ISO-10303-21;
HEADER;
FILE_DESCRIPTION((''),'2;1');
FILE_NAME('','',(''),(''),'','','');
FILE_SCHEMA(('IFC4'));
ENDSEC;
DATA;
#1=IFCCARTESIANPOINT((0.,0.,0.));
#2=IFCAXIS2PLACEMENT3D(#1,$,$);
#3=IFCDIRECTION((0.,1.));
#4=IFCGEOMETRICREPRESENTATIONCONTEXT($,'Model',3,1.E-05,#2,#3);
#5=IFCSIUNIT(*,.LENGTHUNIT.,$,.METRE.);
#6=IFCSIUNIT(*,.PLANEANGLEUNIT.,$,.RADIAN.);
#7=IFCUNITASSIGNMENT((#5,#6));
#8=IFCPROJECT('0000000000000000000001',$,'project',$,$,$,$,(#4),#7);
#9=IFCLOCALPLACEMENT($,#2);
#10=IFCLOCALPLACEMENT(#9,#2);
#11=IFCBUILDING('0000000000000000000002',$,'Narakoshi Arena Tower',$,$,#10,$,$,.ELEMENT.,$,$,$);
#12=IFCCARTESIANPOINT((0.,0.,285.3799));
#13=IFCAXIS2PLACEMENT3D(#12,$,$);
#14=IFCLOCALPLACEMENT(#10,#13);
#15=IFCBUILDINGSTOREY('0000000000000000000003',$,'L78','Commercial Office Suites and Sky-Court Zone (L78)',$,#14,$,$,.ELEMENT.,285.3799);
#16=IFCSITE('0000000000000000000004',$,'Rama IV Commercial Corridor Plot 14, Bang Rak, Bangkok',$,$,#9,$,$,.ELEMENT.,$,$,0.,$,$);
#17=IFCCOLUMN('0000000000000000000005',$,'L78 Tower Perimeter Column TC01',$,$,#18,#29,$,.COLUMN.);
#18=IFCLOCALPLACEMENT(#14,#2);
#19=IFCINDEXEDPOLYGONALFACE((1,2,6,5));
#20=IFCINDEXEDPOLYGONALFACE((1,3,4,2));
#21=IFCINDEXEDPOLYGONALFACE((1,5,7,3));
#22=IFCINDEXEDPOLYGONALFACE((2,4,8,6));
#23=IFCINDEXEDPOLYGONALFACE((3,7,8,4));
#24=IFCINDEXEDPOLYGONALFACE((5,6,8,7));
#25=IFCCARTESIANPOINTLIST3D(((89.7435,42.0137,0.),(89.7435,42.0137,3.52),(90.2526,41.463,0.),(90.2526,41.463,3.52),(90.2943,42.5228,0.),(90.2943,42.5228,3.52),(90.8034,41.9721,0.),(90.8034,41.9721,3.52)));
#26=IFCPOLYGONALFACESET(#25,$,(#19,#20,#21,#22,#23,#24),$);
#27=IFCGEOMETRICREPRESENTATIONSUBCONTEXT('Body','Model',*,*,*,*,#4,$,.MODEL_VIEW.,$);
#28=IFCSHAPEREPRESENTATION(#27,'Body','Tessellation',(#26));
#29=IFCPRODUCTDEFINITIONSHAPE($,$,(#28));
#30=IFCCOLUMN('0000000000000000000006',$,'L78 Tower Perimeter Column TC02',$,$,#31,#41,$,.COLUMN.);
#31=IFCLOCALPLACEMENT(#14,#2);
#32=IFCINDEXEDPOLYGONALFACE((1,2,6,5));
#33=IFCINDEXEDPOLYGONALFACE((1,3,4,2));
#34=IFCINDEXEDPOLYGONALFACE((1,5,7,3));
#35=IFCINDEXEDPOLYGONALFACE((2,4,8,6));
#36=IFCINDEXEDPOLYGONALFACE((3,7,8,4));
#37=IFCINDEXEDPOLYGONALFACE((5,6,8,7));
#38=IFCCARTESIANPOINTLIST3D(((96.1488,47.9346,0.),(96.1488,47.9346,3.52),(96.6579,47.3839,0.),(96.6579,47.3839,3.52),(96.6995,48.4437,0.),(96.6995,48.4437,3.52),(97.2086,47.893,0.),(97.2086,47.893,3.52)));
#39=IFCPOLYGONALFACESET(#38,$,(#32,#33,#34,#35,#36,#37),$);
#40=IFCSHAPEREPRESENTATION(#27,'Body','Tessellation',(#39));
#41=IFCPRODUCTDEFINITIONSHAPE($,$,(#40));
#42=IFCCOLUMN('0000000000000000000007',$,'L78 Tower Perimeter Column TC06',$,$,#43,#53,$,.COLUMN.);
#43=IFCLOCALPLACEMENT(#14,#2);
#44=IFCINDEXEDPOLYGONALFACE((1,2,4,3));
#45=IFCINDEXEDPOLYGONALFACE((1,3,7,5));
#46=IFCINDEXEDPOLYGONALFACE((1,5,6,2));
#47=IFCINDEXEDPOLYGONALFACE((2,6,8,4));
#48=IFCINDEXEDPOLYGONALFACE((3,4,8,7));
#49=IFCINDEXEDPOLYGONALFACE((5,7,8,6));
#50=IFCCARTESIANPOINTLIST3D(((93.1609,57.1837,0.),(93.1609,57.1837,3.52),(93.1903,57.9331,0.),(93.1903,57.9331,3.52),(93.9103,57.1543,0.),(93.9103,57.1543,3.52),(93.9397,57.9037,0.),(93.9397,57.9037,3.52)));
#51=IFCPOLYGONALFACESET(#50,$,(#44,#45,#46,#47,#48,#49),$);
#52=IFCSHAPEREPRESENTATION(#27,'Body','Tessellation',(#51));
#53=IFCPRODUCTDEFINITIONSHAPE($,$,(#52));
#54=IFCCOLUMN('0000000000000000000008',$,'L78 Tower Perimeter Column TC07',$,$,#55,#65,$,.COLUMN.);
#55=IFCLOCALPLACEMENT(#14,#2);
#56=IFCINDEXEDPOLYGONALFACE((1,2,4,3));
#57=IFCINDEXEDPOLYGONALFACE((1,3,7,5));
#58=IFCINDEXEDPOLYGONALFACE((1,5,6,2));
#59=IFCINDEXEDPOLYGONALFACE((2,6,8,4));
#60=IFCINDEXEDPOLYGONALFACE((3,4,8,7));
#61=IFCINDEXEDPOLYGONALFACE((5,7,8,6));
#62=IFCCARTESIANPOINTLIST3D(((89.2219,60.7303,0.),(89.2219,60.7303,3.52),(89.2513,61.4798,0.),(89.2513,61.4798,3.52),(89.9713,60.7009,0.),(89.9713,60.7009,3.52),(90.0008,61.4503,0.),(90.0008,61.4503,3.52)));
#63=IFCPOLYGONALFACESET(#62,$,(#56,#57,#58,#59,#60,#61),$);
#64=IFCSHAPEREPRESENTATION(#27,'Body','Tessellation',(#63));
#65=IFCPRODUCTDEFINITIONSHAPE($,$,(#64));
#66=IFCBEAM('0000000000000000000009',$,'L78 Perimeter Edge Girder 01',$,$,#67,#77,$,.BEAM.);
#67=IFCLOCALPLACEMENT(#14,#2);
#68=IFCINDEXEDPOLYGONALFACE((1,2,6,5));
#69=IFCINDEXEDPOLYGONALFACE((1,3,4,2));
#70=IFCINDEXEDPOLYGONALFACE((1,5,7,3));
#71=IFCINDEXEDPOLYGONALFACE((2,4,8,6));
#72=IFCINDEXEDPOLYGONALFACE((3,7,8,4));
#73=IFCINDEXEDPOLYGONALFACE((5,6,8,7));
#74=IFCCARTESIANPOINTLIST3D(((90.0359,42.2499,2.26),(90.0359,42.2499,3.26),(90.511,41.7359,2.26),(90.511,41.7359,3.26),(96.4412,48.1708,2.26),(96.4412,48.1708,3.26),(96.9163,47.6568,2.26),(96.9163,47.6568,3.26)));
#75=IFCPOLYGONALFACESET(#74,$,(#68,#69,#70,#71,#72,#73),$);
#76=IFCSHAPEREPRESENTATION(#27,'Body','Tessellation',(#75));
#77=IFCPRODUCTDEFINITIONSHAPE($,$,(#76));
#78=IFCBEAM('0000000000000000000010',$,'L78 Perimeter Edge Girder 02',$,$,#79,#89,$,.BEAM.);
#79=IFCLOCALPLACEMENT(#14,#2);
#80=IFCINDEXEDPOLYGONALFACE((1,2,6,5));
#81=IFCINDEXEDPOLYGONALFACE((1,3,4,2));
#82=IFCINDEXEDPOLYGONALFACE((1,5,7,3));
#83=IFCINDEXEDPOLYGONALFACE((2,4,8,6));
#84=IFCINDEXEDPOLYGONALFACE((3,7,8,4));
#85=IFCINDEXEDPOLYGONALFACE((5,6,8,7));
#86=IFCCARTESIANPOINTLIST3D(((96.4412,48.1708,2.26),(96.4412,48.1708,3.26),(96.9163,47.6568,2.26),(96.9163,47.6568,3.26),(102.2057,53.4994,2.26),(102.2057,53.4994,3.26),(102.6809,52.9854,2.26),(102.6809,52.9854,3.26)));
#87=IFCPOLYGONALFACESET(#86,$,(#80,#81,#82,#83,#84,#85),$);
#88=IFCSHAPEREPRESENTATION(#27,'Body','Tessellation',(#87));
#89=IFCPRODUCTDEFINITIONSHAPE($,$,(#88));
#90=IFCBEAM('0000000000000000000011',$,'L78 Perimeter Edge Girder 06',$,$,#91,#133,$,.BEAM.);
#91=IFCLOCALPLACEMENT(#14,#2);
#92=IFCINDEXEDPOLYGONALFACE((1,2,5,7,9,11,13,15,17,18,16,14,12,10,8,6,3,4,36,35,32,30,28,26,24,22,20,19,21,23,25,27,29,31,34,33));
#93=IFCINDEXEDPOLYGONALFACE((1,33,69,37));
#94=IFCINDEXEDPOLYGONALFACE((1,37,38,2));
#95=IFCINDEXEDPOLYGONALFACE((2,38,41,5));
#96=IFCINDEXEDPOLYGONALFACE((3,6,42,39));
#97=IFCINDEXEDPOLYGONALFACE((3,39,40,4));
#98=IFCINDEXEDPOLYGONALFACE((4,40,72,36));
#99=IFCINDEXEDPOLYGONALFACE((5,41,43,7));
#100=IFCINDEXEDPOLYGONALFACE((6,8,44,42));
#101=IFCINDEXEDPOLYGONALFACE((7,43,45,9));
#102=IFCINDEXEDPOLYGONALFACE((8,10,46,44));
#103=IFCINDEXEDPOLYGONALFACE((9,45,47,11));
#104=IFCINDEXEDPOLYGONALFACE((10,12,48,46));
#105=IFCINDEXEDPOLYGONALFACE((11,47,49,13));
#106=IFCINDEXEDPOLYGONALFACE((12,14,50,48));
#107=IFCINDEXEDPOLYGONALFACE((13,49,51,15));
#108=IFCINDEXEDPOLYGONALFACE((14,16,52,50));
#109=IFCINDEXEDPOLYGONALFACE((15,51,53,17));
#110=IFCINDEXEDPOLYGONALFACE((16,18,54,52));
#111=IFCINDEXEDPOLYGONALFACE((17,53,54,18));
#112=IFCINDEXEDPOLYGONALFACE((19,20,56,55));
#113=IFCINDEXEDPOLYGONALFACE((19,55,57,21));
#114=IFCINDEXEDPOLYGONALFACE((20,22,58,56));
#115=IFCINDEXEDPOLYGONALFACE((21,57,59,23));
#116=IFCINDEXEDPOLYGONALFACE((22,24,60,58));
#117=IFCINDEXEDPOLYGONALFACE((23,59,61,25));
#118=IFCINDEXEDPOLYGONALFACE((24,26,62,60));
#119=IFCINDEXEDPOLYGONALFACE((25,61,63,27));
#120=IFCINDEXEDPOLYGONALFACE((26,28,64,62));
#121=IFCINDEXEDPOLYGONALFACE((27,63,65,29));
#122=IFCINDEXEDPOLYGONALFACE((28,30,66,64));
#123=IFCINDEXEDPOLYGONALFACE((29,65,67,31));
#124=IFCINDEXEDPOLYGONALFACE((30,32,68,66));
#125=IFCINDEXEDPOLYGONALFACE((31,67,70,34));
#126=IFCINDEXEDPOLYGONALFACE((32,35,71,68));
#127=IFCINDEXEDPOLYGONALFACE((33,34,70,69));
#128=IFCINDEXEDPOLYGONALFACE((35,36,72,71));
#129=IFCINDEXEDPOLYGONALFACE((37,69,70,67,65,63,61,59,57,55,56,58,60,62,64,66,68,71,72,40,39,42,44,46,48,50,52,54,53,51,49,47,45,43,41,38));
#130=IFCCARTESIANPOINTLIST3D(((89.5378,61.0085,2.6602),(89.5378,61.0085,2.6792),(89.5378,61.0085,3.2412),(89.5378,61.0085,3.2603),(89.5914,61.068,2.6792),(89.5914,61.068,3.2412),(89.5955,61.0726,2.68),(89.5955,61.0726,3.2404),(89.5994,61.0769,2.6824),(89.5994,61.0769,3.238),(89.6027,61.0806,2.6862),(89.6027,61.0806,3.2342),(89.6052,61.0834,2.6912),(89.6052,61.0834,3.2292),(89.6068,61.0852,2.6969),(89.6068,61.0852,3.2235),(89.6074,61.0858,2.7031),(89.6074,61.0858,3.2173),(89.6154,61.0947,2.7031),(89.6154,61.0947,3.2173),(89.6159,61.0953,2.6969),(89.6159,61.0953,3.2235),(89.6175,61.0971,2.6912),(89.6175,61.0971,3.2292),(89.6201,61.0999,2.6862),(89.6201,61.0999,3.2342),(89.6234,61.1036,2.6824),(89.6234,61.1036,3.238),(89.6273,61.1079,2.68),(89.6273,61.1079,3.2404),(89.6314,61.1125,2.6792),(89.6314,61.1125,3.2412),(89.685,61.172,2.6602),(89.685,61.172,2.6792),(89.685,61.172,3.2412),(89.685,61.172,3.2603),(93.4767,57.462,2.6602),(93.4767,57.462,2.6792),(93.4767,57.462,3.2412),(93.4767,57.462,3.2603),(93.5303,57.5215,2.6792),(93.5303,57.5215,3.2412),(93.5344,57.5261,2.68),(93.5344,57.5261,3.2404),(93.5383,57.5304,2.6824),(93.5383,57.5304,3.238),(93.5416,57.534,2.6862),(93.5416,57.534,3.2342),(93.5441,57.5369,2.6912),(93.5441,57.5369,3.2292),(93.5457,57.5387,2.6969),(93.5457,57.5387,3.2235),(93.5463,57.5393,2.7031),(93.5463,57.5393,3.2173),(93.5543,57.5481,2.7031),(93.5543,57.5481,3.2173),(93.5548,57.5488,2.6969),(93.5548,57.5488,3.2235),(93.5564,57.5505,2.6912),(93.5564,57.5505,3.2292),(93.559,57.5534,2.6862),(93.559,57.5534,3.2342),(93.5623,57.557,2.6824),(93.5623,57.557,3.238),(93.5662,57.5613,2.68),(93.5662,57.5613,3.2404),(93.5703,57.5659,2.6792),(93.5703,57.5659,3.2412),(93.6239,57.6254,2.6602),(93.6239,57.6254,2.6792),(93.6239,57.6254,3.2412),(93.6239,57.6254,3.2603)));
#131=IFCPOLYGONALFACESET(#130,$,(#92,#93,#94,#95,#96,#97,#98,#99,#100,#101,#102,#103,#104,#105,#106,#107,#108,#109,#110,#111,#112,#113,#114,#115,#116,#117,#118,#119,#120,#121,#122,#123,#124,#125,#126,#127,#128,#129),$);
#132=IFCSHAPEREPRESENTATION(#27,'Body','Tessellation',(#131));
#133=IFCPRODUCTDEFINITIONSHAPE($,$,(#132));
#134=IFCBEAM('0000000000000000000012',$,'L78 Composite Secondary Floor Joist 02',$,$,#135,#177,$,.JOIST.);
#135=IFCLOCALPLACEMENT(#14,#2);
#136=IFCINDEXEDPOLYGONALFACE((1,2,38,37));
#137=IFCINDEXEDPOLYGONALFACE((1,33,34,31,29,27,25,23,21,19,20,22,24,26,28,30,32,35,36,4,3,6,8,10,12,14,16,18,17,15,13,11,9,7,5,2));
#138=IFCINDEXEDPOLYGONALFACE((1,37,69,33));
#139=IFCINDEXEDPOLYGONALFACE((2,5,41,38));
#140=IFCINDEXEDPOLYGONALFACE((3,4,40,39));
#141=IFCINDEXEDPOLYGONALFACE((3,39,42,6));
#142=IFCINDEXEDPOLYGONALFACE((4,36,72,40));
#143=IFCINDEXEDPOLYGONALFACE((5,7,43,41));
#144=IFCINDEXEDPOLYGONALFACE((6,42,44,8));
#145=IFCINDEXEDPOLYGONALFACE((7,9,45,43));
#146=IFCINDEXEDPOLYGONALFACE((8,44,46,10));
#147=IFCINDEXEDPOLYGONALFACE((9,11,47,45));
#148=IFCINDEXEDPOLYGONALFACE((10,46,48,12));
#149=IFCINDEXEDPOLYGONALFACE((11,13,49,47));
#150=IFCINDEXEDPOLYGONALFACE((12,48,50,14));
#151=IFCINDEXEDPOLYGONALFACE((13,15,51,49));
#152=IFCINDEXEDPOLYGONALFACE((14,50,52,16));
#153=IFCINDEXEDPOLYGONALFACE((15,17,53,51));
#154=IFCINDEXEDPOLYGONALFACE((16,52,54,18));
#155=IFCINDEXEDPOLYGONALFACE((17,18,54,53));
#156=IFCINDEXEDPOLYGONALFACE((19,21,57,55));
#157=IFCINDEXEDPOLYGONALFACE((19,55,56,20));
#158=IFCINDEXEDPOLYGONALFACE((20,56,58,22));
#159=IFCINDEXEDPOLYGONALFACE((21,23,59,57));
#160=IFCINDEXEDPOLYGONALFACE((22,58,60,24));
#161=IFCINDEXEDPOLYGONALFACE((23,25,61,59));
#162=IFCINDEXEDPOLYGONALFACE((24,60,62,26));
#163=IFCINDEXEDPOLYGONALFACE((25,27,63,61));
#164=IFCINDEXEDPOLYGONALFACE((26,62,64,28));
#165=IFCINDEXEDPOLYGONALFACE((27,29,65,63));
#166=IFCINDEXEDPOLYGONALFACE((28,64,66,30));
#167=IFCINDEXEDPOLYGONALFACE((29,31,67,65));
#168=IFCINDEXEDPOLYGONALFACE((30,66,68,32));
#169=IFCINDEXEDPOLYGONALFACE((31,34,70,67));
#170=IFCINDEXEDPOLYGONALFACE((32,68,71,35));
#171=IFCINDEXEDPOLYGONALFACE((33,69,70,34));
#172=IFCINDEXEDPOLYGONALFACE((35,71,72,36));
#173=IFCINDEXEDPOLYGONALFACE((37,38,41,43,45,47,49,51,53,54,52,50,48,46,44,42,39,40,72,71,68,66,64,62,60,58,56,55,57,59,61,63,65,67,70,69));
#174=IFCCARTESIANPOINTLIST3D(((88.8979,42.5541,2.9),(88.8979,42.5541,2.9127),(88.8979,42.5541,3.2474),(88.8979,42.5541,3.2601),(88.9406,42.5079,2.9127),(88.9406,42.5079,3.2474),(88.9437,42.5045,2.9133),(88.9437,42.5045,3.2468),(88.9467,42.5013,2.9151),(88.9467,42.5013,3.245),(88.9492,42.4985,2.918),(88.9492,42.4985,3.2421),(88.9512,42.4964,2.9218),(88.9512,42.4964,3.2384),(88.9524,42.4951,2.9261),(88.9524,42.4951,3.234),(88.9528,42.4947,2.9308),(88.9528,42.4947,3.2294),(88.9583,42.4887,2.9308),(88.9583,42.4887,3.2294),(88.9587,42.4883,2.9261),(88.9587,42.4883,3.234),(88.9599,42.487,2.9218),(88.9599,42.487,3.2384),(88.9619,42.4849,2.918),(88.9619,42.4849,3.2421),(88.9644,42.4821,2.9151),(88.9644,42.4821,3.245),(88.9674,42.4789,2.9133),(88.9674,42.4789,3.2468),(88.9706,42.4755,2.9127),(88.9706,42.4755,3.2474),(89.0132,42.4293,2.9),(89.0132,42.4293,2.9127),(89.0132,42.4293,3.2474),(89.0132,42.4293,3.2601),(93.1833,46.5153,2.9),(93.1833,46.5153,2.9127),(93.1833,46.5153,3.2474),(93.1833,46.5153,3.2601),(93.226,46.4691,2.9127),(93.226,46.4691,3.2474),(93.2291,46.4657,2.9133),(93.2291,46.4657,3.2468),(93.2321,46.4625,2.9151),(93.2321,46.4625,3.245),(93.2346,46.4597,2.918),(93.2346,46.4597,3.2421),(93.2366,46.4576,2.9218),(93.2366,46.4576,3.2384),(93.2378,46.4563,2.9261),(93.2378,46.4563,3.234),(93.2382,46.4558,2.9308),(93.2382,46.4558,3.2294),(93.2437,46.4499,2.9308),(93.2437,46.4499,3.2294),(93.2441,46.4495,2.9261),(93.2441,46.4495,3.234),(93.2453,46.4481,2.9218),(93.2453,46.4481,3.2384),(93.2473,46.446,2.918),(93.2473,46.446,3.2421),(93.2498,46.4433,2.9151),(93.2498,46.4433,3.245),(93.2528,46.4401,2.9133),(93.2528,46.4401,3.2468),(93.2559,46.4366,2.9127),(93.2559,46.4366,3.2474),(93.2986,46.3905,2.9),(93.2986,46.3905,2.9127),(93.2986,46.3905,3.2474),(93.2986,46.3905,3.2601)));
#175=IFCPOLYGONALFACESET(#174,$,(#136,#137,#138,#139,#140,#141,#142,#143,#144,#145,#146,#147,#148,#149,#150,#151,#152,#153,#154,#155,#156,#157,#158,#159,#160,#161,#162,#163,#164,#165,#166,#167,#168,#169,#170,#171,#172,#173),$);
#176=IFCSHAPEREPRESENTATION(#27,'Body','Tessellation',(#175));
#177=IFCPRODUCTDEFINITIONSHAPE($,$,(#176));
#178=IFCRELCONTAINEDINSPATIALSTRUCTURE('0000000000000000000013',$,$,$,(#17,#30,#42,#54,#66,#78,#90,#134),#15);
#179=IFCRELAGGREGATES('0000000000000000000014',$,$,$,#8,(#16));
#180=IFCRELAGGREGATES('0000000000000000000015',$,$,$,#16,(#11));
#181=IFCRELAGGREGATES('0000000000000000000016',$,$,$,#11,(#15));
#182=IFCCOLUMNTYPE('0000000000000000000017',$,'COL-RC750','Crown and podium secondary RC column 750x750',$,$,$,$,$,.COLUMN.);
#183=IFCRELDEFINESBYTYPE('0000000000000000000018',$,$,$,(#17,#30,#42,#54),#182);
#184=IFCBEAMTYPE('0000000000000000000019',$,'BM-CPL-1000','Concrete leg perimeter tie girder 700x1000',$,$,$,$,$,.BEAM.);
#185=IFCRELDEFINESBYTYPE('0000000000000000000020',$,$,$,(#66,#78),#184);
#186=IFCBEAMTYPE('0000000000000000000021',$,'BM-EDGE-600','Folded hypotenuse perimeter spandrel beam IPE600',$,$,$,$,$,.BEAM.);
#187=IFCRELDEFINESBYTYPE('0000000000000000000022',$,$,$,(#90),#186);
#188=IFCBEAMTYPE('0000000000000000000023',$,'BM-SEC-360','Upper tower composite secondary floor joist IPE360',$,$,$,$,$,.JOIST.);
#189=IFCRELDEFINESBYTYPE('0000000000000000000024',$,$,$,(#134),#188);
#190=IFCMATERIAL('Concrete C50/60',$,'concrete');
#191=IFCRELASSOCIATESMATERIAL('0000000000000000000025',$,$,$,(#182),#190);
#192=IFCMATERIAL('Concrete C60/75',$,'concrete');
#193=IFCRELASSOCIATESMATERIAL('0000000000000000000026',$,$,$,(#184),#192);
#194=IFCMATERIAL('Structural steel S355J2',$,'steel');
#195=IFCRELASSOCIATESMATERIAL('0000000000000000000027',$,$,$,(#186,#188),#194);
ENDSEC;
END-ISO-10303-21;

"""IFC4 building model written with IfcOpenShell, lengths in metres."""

from ifc_helpers import new_model, si_unit, direction, frame, origin, origin_2d, place, context, subcontext, project, spatial, rectangle, i_section, extrude, material, material_profile, profile_set, type_object, element, save


model = new_model("IFC4")

# Units and contexts
model_context = context("Model", 3, precision=1e-05, world=origin(), true_north=direction((0.0, 1.0)))
body_context = subcontext(model_context, "Body", "Model", "MODEL_VIEW")
ifc_project = project(units=[si_unit("LENGTHUNIT", "METRE"), si_unit("PLANEANGLEUNIT", "RADIAN")], contexts=[model_context])

# Site, building, storey
site_placement = place(None, origin())
site = spatial("IfcSite", under=ifc_project, at=site_placement, Name="Rama IV Commercial Corridor Plot 14, Bang Rak, Bangkok", CompositionType="ELEMENT", RefElevation=0.0)
building_placement = place(site_placement, origin())
building = spatial("IfcBuilding", under=site, at=building_placement, Name="Narakoshi Arena Tower", CompositionType="ELEMENT")
storey_placement = place(building_placement, frame((0.0, 0.0, 285.3799)))
storey = spatial("IfcBuildingStorey", under=building, at=storey_placement, Name="L78", Description="Commercial Office Suites and Sky-Court Zone (L78)", CompositionType="ELEMENT", Elevation=285.3799)

# Columns
ifc_material_1 = material(Name="Concrete C50/60", Category="concrete")
ifc_material_profile_1 = material_profile(ifc_material_1, rectangle(XDim=0.75, YDim=0.75, at=origin_2d()), Name="RC750x750")
ifc_profile_set_1 = profile_set([ifc_material_profile_1], Name="Concrete C50/60")
column_type = type_object("IfcColumnType", Name="COL-RC750", Description="Crown and podium secondary RC column 750x750", PredefinedType="COLUMN", material=ifc_profile_set_1)
for number, where, z_axis, x_axis, name in (
    (1, (90.2734, 41.9929, 0.0), (0.0, 0.0, 1.0), (0.734323, 0.678801, 0.0), "L78 Tower Perimeter Column TC01"),
    (2, (96.6787, 47.9138, 0.0), (0.0, 0.0, 1.0), (0.734323, 0.678801, 0.0), "L78 Tower Perimeter Column TC02"),
    (3, (93.5503, 57.5437, 0.0), (0.0, 0.0, 1.0), (0.03926, 0.999229, 0.0), "L78 Tower Perimeter Column TC06"),
    (4, (89.6113, 61.0903, 0.0), (0.0, 0.0, 1.0), (0.03926, 0.999229, 0.0), "L78 Tower Perimeter Column TC07"),
):
    element("IfcColumn", number, at=place(storey_placement, frame(where, z_axis=z_axis, x_axis=x_axis)), inside=storey, type_object=column_type, Name=name, PredefinedType="COLUMN", context=body_context, shape_type="SweptSolid", body=[
        extrude(rectangle(XDim=0.75, YDim=0.75, at=origin_2d()), origin(), (0.0, 0.0, 1.0), 3.52),
    ])

# Beams
ifc_material_2 = material(Name="Concrete C60/75", Category="concrete")
ifc_material_profile_2 = material_profile(ifc_material_2, rectangle(XDim=0.7, YDim=1.0, at=origin_2d()), Name="RCB700x1000")
ifc_profile_set_2 = profile_set([ifc_material_profile_2], Name="Concrete C60/75")
beam_type_1 = type_object("IfcBeamType", Name="BM-CPL-1000", Description="Concrete leg perimeter tie girder 700x1000", PredefinedType="BEAM", material=ifc_profile_set_2)
beam_1_placement = place(storey_placement, frame((90.2734, 41.9929, 2.76), z_axis=(0.734327, 0.678796, 0.0), x_axis=(-0.678796, 0.734327, 0.0)))
element("IfcBeam", 5, at=beam_1_placement, inside=storey, type_object=beam_type_1, Name="L78 Perimeter Edge Girder 01", PredefinedType="BEAM", context=body_context, shape_type="SweptSolid", body=[
    extrude(rectangle(XDim=0.7, YDim=1.0, at=origin_2d()), origin(), (0.0, 0.0, 1.0), 8.7227),
])
beam_2_placement = place(storey_placement, frame((96.6787, 47.9138, 2.76), z_axis=(0.734333, 0.678789, 0.0), x_axis=(-0.678789, 0.734333, 0.0)))
element("IfcBeam", 6, at=beam_2_placement, inside=storey, type_object=beam_type_1, Name="L78 Perimeter Edge Girder 02", PredefinedType="BEAM", context=body_context, shape_type="SweptSolid", body=[
    extrude(rectangle(XDim=0.7, YDim=1.0, at=origin_2d()), origin(), (0.0, 0.0, 1.0), 7.8501),
])
ifc_material_3 = material(Name="Structural steel S355J2", Category="steel")
ifc_material_profile_3 = material_profile(ifc_material_3, i_section(OverallWidth=0.22, OverallDepth=0.6001, WebThickness=0.012, FlangeThickness=0.019, FilletRadius=0.0239, at=origin_2d()), Name="IPE600")
ifc_profile_set_3 = profile_set([ifc_material_profile_3], Name="Structural steel S355J2")
beam_type_2 = type_object("IfcBeamType", Name="BM-EDGE-600", Description="Folded hypotenuse perimeter spandrel beam IPE600", PredefinedType="BEAM", material=ifc_profile_set_3)
beam_3_placement = place(storey_placement, frame((93.5503, 57.5437, 2.9602), z_axis=(-0.743148, 0.669128, 0.0), x_axis=(-0.669128, -0.743148, 0.0)))
element("IfcBeam", 7, at=beam_3_placement, inside=storey, type_object=beam_type_2, Name="L78 Perimeter Edge Girder 06", PredefinedType="BEAM", context=body_context, shape_type="SweptSolid", body=[
    extrude(i_section(OverallWidth=0.22, OverallDepth=0.6001, WebThickness=0.012, FlangeThickness=0.019, FilletRadius=0.0239, at=origin_2d()), origin(), (0.0, 0.0, 1.0), 5.3003),
])
ifc_material_profile_4 = material_profile(ifc_material_3, i_section(OverallWidth=0.1699, OverallDepth=0.3601, WebThickness=0.0081, FlangeThickness=0.0127, FilletRadius=0.0181, at=origin_2d()), Name="IPE360")
ifc_profile_set_4 = profile_set([ifc_material_profile_4], Name="Structural steel S355J2")
beam_type_3 = type_object("IfcBeamType", Name="BM-SEC-360", Description="Upper tower composite secondary floor joist IPE360", PredefinedType="JOIST", material=ifc_profile_set_4)
beam_4_placement = place(storey_placement, frame((88.9556, 42.4917, 3.0801), z_axis=(0.73434, 0.678782, 0.0), x_axis=(-0.678782, 0.73434, 0.0)))
element("IfcBeam", 8, at=beam_4_placement, inside=storey, type_object=beam_type_3, Name="L78 Composite Secondary Floor Joist 02", PredefinedType="JOIST", context=body_context, shape_type="SweptSolid", body=[
    extrude(i_section(OverallWidth=0.1699, OverallDepth=0.3601, WebThickness=0.0081, FlangeThickness=0.0127, FilletRadius=0.0181, at=origin_2d()), origin(), (0.0, 0.0, 1.0), 5.8357),
])

save(model, "model.ifc")
